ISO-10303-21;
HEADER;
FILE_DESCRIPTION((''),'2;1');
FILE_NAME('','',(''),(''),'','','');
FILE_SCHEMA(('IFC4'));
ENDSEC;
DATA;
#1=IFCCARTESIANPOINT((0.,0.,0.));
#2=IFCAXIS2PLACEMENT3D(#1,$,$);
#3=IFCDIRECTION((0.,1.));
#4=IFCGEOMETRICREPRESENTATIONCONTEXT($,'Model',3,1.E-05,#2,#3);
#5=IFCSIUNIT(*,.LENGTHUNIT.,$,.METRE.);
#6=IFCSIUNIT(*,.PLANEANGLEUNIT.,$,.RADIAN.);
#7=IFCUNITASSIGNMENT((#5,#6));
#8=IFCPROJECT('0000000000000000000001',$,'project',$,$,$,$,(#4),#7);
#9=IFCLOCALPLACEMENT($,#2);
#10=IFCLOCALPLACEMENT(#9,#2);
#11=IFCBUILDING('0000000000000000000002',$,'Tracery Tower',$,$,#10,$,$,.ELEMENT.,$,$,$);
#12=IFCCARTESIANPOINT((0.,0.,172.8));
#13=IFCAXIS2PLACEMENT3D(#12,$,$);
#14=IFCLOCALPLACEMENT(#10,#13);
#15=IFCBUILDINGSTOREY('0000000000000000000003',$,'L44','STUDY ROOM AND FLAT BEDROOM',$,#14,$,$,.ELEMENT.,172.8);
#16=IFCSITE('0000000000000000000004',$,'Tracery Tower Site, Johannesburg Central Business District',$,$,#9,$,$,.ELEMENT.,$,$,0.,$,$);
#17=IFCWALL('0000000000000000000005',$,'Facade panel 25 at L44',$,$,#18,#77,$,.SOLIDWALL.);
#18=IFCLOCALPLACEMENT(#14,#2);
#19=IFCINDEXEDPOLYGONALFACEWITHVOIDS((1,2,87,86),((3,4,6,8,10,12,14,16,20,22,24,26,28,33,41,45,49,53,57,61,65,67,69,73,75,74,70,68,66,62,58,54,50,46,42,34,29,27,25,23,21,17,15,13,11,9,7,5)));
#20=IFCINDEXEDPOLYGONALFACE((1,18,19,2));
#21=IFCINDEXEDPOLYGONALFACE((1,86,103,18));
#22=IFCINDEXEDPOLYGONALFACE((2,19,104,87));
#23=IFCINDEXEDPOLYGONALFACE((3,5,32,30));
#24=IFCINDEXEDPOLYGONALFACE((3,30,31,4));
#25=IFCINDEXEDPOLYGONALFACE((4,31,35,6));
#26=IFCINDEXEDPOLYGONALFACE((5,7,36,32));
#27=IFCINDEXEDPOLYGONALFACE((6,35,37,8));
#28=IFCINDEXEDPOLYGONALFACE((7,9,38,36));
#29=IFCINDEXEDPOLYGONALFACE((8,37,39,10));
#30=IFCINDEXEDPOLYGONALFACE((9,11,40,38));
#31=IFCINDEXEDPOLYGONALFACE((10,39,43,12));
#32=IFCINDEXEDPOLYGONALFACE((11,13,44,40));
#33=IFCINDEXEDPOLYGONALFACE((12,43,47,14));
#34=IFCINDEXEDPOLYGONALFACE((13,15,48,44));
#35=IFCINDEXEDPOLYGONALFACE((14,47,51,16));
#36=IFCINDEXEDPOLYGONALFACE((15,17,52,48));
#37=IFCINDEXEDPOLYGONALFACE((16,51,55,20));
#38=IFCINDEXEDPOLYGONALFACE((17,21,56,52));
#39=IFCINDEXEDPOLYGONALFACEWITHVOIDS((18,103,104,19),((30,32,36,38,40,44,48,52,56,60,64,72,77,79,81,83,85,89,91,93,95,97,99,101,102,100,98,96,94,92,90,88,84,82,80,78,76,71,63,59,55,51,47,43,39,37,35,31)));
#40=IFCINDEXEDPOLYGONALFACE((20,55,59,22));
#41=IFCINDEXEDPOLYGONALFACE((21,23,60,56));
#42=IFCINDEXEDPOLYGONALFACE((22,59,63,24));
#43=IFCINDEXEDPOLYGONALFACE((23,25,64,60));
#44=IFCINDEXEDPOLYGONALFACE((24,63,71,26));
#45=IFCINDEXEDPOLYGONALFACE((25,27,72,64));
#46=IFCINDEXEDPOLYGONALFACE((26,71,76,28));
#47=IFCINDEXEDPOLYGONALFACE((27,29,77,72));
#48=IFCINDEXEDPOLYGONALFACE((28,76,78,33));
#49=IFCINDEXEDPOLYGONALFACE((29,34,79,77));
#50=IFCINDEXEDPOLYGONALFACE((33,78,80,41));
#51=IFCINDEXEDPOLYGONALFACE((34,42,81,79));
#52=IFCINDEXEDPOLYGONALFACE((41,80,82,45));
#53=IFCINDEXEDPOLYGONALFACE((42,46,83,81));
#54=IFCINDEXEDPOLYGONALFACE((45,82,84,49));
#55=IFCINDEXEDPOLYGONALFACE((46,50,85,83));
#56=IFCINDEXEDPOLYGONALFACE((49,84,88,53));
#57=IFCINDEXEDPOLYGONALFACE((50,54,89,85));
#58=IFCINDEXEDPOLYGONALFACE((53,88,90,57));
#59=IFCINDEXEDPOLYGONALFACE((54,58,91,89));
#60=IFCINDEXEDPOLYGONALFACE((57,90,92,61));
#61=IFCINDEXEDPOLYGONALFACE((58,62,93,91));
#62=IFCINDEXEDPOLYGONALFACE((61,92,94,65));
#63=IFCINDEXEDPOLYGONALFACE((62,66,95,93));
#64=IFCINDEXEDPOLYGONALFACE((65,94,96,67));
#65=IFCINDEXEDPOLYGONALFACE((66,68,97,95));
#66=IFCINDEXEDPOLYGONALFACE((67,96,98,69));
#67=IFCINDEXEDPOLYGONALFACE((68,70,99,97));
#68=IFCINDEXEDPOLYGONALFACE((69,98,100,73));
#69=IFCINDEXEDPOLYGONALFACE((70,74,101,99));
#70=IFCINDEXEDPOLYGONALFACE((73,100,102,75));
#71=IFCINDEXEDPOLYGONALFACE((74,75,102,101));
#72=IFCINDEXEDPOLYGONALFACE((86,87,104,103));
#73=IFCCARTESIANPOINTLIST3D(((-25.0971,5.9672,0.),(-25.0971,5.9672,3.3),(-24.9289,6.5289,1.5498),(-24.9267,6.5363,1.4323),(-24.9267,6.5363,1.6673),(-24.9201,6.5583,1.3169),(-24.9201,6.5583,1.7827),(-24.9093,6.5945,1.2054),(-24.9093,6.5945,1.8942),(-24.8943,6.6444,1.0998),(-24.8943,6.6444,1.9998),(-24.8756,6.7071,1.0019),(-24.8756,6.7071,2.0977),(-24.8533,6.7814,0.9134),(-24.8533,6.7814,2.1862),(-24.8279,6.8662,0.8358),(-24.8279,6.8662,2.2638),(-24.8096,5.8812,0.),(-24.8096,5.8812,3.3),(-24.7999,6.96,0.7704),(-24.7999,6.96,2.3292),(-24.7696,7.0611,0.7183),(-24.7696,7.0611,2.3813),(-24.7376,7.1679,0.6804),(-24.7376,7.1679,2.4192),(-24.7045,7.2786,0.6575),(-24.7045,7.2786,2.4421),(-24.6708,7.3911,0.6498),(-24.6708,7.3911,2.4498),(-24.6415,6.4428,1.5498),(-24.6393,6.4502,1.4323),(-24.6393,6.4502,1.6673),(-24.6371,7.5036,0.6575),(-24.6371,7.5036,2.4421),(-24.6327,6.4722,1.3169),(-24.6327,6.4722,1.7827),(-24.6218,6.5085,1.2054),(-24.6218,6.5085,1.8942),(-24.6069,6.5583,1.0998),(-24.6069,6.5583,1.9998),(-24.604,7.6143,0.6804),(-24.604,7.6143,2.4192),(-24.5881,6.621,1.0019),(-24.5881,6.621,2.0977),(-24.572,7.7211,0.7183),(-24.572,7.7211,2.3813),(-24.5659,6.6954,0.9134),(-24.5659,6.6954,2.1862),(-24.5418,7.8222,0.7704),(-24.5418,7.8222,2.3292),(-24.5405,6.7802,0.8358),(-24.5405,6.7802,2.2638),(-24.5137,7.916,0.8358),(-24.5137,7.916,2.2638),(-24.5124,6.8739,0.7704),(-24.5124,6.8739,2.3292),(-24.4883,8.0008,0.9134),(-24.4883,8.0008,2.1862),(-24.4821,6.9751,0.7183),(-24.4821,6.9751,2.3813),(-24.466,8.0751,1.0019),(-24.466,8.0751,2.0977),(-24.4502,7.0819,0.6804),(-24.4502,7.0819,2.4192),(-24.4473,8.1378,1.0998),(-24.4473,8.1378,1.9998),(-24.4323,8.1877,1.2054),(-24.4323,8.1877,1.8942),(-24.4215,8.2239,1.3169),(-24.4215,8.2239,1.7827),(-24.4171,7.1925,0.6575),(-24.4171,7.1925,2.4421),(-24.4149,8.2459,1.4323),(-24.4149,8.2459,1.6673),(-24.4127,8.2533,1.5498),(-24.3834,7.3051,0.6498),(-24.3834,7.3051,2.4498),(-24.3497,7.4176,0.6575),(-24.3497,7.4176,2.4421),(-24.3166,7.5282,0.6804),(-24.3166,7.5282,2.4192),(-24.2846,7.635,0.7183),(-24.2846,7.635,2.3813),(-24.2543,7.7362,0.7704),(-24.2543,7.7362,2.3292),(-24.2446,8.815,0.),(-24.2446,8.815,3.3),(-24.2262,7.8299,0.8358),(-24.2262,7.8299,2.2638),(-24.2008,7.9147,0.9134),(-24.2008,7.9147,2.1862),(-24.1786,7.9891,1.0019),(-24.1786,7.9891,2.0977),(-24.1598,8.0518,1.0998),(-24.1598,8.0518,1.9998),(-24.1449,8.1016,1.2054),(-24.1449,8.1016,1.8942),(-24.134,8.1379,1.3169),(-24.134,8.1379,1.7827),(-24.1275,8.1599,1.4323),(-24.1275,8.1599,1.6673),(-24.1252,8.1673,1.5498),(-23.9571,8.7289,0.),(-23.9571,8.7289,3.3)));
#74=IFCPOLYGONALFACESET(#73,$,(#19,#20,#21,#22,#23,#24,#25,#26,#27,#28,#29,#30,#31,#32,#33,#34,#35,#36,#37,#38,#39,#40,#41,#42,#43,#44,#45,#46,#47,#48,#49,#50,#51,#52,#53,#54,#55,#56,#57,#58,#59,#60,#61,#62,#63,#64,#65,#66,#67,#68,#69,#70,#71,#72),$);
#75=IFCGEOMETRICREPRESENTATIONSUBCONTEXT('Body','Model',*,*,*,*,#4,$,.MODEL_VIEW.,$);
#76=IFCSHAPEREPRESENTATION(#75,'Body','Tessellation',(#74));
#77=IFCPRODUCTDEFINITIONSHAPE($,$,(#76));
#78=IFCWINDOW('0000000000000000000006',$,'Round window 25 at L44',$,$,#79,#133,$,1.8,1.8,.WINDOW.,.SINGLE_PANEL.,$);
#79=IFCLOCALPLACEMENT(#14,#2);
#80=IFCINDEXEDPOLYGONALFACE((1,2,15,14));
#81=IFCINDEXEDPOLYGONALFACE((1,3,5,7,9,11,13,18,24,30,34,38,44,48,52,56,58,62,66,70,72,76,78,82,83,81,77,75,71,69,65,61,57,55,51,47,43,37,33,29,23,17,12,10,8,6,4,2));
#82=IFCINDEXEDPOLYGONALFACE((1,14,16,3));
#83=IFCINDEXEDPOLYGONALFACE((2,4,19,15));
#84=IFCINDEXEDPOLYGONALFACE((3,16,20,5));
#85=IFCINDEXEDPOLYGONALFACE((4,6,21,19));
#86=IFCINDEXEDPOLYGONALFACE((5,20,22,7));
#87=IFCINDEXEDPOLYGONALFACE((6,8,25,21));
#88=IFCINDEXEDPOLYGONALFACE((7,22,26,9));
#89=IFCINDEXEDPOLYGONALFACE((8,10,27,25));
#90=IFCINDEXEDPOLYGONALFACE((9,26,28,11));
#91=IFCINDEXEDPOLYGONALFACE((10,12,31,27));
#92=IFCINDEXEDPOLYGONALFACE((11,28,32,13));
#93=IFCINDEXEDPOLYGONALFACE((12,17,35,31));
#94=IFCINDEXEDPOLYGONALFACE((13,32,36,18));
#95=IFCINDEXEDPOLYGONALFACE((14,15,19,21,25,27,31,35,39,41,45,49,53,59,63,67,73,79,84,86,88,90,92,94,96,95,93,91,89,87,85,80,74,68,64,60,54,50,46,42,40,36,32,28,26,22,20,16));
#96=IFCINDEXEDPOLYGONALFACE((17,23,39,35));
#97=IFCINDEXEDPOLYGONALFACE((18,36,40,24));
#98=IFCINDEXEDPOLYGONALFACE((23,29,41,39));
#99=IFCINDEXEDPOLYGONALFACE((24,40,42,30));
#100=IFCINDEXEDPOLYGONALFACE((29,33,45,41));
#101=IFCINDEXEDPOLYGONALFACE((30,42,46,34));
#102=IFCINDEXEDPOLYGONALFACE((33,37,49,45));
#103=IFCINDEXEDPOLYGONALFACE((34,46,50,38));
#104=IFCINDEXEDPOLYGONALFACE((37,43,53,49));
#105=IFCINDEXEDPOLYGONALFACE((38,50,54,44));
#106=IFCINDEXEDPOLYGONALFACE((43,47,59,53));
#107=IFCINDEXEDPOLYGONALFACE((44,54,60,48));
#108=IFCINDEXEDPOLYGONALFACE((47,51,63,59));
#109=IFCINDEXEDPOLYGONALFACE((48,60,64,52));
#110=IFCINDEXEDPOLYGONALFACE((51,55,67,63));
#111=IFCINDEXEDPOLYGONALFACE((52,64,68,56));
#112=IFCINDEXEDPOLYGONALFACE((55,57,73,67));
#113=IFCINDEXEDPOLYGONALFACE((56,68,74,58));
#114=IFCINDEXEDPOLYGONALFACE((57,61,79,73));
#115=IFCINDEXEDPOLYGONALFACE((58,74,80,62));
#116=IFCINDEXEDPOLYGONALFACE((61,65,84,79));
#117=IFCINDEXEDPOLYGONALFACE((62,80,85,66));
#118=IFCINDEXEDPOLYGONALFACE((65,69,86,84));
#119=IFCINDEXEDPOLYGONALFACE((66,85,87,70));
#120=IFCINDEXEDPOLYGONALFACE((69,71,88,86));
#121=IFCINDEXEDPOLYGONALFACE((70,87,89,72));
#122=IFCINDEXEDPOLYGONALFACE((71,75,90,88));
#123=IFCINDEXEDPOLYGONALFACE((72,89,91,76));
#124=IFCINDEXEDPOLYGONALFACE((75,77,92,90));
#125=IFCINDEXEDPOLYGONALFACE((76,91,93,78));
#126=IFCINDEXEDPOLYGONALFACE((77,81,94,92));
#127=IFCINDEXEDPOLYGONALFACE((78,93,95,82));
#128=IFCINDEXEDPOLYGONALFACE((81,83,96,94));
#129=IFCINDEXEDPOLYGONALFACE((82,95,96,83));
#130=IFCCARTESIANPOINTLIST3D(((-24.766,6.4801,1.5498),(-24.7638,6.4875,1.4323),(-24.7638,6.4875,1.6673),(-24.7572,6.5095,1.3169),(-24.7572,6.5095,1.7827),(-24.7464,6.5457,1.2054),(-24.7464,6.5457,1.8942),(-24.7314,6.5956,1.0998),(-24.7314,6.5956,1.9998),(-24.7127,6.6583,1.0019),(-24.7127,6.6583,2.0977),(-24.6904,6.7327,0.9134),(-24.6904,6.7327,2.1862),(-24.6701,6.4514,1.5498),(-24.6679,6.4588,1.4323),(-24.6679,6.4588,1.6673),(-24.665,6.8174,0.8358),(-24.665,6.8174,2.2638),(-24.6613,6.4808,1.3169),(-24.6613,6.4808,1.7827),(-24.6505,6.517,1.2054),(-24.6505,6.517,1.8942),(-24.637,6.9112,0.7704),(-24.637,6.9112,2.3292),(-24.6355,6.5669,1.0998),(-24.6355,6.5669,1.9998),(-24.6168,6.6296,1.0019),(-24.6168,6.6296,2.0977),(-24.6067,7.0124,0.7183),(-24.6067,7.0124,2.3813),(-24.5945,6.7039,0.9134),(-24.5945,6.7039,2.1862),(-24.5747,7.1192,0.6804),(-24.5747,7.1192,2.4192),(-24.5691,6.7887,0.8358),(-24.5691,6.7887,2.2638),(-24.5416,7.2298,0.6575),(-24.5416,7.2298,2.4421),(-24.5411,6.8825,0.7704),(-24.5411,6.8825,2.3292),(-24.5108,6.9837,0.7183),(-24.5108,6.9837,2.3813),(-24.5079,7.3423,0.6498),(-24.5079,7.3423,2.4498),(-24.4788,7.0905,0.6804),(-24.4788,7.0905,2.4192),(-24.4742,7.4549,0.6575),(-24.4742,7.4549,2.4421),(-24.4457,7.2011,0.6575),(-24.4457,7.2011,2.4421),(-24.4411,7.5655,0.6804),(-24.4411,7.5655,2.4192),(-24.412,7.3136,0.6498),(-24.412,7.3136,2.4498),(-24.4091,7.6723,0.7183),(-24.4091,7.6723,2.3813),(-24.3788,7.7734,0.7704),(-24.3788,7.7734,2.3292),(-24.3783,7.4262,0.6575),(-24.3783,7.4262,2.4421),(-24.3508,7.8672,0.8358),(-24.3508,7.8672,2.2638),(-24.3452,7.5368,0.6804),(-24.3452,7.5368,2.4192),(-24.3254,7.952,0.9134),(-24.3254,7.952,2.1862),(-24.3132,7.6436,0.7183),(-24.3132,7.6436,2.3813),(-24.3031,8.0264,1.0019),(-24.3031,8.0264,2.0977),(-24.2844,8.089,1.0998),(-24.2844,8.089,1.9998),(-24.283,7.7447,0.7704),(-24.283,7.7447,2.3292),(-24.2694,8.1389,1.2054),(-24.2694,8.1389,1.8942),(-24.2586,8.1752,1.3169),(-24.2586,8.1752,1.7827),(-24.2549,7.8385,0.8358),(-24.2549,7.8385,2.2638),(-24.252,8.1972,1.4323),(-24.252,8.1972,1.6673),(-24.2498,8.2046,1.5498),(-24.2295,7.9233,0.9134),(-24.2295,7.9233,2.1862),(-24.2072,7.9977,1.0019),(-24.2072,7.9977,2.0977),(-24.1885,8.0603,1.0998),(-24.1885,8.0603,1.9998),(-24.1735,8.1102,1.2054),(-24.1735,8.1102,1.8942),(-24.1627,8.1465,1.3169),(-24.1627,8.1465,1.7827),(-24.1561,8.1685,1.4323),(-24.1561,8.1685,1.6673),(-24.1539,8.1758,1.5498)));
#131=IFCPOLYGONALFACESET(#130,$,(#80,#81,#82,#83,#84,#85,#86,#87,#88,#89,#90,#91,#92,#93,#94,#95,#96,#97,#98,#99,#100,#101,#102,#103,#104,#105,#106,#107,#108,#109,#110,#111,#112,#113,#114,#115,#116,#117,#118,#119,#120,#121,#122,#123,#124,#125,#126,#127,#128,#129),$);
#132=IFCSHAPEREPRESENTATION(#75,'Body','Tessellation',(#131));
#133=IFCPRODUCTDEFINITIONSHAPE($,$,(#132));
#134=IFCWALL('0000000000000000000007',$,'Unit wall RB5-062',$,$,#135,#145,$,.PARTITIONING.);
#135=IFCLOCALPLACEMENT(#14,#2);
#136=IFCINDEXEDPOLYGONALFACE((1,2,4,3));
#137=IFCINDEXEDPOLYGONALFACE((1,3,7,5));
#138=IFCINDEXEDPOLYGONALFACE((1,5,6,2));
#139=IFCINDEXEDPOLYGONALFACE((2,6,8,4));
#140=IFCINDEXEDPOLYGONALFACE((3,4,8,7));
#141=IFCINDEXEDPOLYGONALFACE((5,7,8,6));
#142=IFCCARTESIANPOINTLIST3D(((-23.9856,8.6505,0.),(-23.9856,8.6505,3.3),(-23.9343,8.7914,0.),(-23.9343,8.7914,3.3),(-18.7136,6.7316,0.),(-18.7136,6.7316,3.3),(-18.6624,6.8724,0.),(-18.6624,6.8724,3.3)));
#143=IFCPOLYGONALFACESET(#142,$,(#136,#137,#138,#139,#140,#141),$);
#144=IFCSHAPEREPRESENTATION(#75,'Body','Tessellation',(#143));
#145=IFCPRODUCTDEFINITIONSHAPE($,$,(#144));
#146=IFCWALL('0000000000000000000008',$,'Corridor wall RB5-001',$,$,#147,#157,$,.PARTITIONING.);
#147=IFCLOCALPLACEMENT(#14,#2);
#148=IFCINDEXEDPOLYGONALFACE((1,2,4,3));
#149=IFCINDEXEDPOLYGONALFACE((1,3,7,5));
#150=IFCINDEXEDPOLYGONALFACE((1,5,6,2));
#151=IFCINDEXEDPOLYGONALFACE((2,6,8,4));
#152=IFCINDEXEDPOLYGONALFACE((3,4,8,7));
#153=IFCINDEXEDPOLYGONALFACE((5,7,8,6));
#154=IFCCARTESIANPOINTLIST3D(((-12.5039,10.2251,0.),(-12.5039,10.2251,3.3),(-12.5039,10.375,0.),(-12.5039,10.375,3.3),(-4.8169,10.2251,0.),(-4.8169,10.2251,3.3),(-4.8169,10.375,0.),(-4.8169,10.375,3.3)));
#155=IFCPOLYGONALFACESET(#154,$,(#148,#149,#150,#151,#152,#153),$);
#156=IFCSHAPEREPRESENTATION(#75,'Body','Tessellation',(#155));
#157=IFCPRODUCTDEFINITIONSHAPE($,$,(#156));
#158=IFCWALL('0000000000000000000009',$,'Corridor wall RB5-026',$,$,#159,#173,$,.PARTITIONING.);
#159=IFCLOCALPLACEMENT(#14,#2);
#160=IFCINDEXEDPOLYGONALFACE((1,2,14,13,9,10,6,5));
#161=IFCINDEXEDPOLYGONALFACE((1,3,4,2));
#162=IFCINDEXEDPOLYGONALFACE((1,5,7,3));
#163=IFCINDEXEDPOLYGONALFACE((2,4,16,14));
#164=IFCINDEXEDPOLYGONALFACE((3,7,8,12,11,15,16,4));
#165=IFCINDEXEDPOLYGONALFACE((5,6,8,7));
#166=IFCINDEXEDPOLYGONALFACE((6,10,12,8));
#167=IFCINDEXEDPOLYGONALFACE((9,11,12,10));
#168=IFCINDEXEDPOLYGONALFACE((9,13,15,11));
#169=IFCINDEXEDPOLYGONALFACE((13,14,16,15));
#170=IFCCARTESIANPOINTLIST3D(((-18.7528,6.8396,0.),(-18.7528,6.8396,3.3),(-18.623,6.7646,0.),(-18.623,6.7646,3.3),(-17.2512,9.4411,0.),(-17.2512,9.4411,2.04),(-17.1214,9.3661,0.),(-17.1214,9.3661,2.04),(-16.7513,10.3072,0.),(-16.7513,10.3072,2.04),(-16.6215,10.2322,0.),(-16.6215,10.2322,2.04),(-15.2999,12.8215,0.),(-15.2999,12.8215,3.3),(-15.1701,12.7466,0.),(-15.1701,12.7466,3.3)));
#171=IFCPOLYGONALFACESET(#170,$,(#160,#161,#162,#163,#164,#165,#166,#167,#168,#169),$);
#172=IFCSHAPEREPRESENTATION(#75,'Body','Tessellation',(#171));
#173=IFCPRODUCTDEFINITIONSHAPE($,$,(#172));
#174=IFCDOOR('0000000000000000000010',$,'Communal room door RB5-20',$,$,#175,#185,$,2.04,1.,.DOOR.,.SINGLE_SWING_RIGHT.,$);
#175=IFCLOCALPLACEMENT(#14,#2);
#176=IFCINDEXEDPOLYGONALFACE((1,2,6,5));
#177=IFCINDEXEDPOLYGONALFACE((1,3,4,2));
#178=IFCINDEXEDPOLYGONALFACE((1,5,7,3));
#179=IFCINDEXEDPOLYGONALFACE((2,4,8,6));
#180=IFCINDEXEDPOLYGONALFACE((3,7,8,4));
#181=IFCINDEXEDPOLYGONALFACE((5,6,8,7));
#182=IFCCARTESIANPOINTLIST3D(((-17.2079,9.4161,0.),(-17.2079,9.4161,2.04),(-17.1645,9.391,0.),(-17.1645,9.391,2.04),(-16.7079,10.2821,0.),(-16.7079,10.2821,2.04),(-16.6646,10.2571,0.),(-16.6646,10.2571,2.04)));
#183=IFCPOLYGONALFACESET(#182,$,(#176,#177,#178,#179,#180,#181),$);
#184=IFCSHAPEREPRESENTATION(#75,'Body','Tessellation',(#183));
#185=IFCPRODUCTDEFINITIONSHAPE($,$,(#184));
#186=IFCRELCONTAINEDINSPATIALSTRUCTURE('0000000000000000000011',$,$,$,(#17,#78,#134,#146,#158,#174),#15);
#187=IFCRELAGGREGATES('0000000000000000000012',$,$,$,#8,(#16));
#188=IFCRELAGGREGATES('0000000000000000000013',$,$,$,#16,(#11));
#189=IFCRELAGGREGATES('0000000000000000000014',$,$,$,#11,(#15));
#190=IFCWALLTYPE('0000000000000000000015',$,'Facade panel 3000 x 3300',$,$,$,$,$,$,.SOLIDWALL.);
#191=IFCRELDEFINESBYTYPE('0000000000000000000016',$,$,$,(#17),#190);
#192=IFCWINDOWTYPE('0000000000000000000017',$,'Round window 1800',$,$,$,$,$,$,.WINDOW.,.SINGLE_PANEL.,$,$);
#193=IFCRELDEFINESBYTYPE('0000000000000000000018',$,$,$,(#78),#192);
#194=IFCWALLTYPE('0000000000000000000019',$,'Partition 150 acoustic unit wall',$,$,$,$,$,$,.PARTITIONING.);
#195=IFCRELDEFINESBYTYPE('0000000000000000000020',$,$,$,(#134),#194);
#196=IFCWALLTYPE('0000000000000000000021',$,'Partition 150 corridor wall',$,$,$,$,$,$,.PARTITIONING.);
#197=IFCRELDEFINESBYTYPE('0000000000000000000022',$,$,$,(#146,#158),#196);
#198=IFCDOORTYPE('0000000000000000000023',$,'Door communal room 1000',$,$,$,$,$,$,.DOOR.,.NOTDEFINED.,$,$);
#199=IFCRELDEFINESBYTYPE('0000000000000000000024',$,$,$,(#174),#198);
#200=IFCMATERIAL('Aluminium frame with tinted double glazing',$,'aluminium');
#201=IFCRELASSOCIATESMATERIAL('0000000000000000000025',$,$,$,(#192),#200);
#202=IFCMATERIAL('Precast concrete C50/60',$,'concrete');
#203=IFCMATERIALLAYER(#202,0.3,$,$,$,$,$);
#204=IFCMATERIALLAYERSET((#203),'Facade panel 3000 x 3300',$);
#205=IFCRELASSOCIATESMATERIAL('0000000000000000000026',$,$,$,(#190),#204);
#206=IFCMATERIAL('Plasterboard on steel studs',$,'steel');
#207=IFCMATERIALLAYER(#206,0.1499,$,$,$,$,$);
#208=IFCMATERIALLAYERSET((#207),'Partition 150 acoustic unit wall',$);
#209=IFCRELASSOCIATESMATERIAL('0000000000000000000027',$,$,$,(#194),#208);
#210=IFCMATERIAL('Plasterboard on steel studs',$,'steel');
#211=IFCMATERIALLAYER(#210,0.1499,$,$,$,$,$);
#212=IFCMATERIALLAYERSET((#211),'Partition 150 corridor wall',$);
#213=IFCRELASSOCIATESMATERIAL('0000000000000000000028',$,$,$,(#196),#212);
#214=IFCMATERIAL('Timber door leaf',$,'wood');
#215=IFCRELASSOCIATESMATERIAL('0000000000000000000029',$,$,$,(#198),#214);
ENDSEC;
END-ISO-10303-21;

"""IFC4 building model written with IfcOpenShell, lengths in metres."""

from ifc_helpers import new_model, si_unit, direction, frame, frame_2d, origin, origin_2d, place, context, subcontext, project, spatial, rectangle, circle, extrude, material, layer, layer_set, type_object, element, fill, save


model = new_model("IFC4")

# Units and contexts
model_context = context("Model", 3, precision=1e-05, world=origin(), true_north=direction((0.0, 1.0)))
body_context = subcontext(model_context, "Body", "Model", "MODEL_VIEW")
ifc_project = project(units=[si_unit("LENGTHUNIT", "METRE"), si_unit("PLANEANGLEUNIT", "RADIAN")], contexts=[model_context])

# Site, building, storey
site_placement = place(None, origin())
site = spatial("IfcSite", under=ifc_project, at=site_placement, Name="Tracery Tower Site, Johannesburg Central Business District", CompositionType="ELEMENT", RefElevation=0.0)
building_placement = place(site_placement, origin())
building = spatial("IfcBuilding", under=site, at=building_placement, Name="Tracery Tower", CompositionType="ELEMENT")
storey_placement = place(building_placement, frame((0.0, 0.0, 172.8)))
storey = spatial("IfcBuildingStorey", under=building, at=storey_placement, Name="L44", Description="STUDY ROOM AND FLAT BEDROOM", CompositionType="ELEMENT", Elevation=172.8)

# Wall, opening, window
ifc_material_1 = material(Name="Aluminium frame with tinted double glazing", Category="aluminium")
window_type = type_object("IfcWindowType", Name="Round window 1800", PartitioningType="SINGLE_PANEL", PredefinedType="WINDOW", material=ifc_material_1)
ifc_material_2 = material(Name="Precast concrete C50/60", Category="concrete")
ifc_layer_1 = layer(ifc_material_2, 0.3)
ifc_layer_set_1 = layer_set([ifc_layer_1], Name="Facade panel 3000 x 3300")
wall_type_1 = type_object("IfcWallType", Name="Facade panel 3000 x 3300", PredefinedType="SOLIDWALL", material=ifc_layer_set_1)
wall_1_placement = place(storey_placement, frame((-24.1008, 8.772, 0.0), z_axis=(0.0, 0.0, 1.0), x_axis=(-0.286783, -0.957996, 0.0)))
wall_1 = element("IfcWall", 1, at=wall_1_placement, inside=storey, type_object=wall_type_1, Name="Facade panel 25 at L44", PredefinedType="SOLIDWALL", context=body_context, shape_type="SweptSolid", body=[
    extrude(rectangle(XDim=2.9727, YDim=0.3, at=frame_2d((1.4863, 0.0))), origin(), (0.0, 0.0, 1.0), 3.3),
])
opening_1_placement = place(wall_1_placement, frame((1.4863, 0.0, 1.5498)))
opening_1 = element("IfcOpeningElement", 2, at=opening_1_placement, cuts=wall_1, PredefinedType="OPENING", context=body_context, shape_type="SweptSolid", body=[
    extrude(circle(Radius=0.9, at=origin_2d()), frame((0.0, 0.1599, 0.0), z_axis=(0.0, -1.0, 0.0), x_axis=(1.0, 0.0, 0.0)), (0.0, 0.0, 1.0), 0.3201),
])
window_1_placement = place(opening_1_placement, origin())
window_1 = element("IfcWindow", 3, at=window_1_placement, inside=storey, type_object=window_type, Name="Round window 25 at L44", OverallHeight=1.8, OverallWidth=1.8, PartitioningType="SINGLE_PANEL", PredefinedType="WINDOW", context=body_context, shape_type="SweptSolid", body=[
    extrude(circle(Radius=0.9, at=origin_2d()), frame((0.0, 0.1201, 0.0), z_axis=(0.0, -1.0, 0.0), x_axis=(1.0, 0.0, 0.0)), (0.0, 0.0, 1.0), 0.1001),
])
fill(opening_1, window_1)

# Walls
ifc_material_3 = material(Name="Plasterboard on steel studs", Category="steel")
ifc_layer_2 = layer(ifc_material_3, 0.1499)
ifc_layer_set_2 = layer_set([ifc_layer_2], Name="Partition 150 acoustic unit wall")
wall_type_2 = type_object("IfcWallType", Name="Partition 150 acoustic unit wall", PredefinedType="PARTITIONING", material=ifc_layer_set_2)
wall_2_placement = place(storey_placement, frame((-23.96, 8.7209, 0.0), z_axis=(0.0, 0.0, 1.0), x_axis=(0.939687, -0.342037, 0.0)))
element("IfcWall", 4, at=wall_2_placement, inside=storey, type_object=wall_type_2, Name="Unit wall RB5-062", PredefinedType="PARTITIONING", context=body_context, shape_type="SweptSolid", body=[
    extrude(rectangle(XDim=5.6104, YDim=0.1499, at=frame_2d((2.8052, 0.0))), origin(), (0.0, 0.0, 1.0), 3.3),
])
ifc_material_4 = material(Name="Plasterboard on steel studs", Category="steel")
ifc_layer_3 = layer(ifc_material_4, 0.1499)
ifc_layer_set_3 = layer_set([ifc_layer_3], Name="Partition 150 corridor wall")
wall_type_3 = type_object("IfcWallType", Name="Partition 150 corridor wall", PredefinedType="PARTITIONING", material=ifc_layer_set_3)
wall_3_placement = place(storey_placement, frame((-12.5039, 10.3, 0.0), z_axis=(0.0, 0.0, 1.0), x_axis=(1.0, 0.0, 0.0)))
element("IfcWall", 5, at=wall_3_placement, inside=storey, type_object=wall_type_3, Name="Corridor wall RB5-001", PredefinedType="PARTITIONING", context=body_context, shape_type="SweptSolid", body=[
    extrude(rectangle(XDim=7.687, YDim=0.1499, at=frame_2d((3.8435, 0.0))), origin(), (0.0, 0.0, 1.0), 3.3),
])

# Wall, opening, door
wall_4_placement = place(storey_placement, frame((-18.688, 6.802, 0.0), z_axis=(0.0, 0.0, 1.0), x_axis=(0.499914, 0.866075, 0.0)))
wall_4 = element("IfcWall", 6, at=wall_4_placement, inside=storey, type_object=wall_type_3, Name="Corridor wall RB5-026", PredefinedType="PARTITIONING", context=body_context, shape_type="SweptSolid", body=[
    extrude(rectangle(XDim=6.907, YDim=0.1499, at=frame_2d((3.4536, 0.0))), origin(), (0.0, 0.0, 1.0), 3.3),
])
opening_2_placement = place(wall_4_placement, frame((3.0039, 0.0, 0.0)))
opening_2 = element("IfcOpeningElement", 7, at=opening_2_placement, cuts=wall_4, PredefinedType="OPENING", context=body_context, shape_type="SweptSolid", body=[
    extrude(rectangle(XDim=1.0, YDim=2.04, at=frame_2d((0.5, 1.02))), frame((0.0, 0.075, 0.0), z_axis=(0.0, -1.0, 0.0), x_axis=(1.0, 0.0, 0.0)), (0.0, 0.0, 1.0), 0.1499),
])
ifc_material_5 = material(Name="Timber door leaf", Category="wood")
door_type_1 = type_object("IfcDoorType", Name="Door communal room 1000", OperationType="NOTDEFINED", PredefinedType="DOOR", material=ifc_material_5)
door_1_placement = place(opening_2_placement, origin())
door_1 = element("IfcDoor", 8, at=door_1_placement, inside=storey, type_object=door_type_1, Name="Communal room door RB5-20", OperationType="SINGLE_SWING_RIGHT", OverallHeight=2.04, OverallWidth=1.0, PredefinedType="DOOR", context=body_context, shape_type="SweptSolid", body=[
    extrude(rectangle(XDim=1.0, YDim=2.04, at=frame_2d((0.5, 1.02))), frame((0.0, 0.0249, 0.0), z_axis=(0.0, -1.0, 0.0), x_axis=(1.0, 0.0, 0.0)), (0.0, 0.0, 1.0), 0.05),
])
fill(opening_2, door_1)

save(model, "model.ifc")
